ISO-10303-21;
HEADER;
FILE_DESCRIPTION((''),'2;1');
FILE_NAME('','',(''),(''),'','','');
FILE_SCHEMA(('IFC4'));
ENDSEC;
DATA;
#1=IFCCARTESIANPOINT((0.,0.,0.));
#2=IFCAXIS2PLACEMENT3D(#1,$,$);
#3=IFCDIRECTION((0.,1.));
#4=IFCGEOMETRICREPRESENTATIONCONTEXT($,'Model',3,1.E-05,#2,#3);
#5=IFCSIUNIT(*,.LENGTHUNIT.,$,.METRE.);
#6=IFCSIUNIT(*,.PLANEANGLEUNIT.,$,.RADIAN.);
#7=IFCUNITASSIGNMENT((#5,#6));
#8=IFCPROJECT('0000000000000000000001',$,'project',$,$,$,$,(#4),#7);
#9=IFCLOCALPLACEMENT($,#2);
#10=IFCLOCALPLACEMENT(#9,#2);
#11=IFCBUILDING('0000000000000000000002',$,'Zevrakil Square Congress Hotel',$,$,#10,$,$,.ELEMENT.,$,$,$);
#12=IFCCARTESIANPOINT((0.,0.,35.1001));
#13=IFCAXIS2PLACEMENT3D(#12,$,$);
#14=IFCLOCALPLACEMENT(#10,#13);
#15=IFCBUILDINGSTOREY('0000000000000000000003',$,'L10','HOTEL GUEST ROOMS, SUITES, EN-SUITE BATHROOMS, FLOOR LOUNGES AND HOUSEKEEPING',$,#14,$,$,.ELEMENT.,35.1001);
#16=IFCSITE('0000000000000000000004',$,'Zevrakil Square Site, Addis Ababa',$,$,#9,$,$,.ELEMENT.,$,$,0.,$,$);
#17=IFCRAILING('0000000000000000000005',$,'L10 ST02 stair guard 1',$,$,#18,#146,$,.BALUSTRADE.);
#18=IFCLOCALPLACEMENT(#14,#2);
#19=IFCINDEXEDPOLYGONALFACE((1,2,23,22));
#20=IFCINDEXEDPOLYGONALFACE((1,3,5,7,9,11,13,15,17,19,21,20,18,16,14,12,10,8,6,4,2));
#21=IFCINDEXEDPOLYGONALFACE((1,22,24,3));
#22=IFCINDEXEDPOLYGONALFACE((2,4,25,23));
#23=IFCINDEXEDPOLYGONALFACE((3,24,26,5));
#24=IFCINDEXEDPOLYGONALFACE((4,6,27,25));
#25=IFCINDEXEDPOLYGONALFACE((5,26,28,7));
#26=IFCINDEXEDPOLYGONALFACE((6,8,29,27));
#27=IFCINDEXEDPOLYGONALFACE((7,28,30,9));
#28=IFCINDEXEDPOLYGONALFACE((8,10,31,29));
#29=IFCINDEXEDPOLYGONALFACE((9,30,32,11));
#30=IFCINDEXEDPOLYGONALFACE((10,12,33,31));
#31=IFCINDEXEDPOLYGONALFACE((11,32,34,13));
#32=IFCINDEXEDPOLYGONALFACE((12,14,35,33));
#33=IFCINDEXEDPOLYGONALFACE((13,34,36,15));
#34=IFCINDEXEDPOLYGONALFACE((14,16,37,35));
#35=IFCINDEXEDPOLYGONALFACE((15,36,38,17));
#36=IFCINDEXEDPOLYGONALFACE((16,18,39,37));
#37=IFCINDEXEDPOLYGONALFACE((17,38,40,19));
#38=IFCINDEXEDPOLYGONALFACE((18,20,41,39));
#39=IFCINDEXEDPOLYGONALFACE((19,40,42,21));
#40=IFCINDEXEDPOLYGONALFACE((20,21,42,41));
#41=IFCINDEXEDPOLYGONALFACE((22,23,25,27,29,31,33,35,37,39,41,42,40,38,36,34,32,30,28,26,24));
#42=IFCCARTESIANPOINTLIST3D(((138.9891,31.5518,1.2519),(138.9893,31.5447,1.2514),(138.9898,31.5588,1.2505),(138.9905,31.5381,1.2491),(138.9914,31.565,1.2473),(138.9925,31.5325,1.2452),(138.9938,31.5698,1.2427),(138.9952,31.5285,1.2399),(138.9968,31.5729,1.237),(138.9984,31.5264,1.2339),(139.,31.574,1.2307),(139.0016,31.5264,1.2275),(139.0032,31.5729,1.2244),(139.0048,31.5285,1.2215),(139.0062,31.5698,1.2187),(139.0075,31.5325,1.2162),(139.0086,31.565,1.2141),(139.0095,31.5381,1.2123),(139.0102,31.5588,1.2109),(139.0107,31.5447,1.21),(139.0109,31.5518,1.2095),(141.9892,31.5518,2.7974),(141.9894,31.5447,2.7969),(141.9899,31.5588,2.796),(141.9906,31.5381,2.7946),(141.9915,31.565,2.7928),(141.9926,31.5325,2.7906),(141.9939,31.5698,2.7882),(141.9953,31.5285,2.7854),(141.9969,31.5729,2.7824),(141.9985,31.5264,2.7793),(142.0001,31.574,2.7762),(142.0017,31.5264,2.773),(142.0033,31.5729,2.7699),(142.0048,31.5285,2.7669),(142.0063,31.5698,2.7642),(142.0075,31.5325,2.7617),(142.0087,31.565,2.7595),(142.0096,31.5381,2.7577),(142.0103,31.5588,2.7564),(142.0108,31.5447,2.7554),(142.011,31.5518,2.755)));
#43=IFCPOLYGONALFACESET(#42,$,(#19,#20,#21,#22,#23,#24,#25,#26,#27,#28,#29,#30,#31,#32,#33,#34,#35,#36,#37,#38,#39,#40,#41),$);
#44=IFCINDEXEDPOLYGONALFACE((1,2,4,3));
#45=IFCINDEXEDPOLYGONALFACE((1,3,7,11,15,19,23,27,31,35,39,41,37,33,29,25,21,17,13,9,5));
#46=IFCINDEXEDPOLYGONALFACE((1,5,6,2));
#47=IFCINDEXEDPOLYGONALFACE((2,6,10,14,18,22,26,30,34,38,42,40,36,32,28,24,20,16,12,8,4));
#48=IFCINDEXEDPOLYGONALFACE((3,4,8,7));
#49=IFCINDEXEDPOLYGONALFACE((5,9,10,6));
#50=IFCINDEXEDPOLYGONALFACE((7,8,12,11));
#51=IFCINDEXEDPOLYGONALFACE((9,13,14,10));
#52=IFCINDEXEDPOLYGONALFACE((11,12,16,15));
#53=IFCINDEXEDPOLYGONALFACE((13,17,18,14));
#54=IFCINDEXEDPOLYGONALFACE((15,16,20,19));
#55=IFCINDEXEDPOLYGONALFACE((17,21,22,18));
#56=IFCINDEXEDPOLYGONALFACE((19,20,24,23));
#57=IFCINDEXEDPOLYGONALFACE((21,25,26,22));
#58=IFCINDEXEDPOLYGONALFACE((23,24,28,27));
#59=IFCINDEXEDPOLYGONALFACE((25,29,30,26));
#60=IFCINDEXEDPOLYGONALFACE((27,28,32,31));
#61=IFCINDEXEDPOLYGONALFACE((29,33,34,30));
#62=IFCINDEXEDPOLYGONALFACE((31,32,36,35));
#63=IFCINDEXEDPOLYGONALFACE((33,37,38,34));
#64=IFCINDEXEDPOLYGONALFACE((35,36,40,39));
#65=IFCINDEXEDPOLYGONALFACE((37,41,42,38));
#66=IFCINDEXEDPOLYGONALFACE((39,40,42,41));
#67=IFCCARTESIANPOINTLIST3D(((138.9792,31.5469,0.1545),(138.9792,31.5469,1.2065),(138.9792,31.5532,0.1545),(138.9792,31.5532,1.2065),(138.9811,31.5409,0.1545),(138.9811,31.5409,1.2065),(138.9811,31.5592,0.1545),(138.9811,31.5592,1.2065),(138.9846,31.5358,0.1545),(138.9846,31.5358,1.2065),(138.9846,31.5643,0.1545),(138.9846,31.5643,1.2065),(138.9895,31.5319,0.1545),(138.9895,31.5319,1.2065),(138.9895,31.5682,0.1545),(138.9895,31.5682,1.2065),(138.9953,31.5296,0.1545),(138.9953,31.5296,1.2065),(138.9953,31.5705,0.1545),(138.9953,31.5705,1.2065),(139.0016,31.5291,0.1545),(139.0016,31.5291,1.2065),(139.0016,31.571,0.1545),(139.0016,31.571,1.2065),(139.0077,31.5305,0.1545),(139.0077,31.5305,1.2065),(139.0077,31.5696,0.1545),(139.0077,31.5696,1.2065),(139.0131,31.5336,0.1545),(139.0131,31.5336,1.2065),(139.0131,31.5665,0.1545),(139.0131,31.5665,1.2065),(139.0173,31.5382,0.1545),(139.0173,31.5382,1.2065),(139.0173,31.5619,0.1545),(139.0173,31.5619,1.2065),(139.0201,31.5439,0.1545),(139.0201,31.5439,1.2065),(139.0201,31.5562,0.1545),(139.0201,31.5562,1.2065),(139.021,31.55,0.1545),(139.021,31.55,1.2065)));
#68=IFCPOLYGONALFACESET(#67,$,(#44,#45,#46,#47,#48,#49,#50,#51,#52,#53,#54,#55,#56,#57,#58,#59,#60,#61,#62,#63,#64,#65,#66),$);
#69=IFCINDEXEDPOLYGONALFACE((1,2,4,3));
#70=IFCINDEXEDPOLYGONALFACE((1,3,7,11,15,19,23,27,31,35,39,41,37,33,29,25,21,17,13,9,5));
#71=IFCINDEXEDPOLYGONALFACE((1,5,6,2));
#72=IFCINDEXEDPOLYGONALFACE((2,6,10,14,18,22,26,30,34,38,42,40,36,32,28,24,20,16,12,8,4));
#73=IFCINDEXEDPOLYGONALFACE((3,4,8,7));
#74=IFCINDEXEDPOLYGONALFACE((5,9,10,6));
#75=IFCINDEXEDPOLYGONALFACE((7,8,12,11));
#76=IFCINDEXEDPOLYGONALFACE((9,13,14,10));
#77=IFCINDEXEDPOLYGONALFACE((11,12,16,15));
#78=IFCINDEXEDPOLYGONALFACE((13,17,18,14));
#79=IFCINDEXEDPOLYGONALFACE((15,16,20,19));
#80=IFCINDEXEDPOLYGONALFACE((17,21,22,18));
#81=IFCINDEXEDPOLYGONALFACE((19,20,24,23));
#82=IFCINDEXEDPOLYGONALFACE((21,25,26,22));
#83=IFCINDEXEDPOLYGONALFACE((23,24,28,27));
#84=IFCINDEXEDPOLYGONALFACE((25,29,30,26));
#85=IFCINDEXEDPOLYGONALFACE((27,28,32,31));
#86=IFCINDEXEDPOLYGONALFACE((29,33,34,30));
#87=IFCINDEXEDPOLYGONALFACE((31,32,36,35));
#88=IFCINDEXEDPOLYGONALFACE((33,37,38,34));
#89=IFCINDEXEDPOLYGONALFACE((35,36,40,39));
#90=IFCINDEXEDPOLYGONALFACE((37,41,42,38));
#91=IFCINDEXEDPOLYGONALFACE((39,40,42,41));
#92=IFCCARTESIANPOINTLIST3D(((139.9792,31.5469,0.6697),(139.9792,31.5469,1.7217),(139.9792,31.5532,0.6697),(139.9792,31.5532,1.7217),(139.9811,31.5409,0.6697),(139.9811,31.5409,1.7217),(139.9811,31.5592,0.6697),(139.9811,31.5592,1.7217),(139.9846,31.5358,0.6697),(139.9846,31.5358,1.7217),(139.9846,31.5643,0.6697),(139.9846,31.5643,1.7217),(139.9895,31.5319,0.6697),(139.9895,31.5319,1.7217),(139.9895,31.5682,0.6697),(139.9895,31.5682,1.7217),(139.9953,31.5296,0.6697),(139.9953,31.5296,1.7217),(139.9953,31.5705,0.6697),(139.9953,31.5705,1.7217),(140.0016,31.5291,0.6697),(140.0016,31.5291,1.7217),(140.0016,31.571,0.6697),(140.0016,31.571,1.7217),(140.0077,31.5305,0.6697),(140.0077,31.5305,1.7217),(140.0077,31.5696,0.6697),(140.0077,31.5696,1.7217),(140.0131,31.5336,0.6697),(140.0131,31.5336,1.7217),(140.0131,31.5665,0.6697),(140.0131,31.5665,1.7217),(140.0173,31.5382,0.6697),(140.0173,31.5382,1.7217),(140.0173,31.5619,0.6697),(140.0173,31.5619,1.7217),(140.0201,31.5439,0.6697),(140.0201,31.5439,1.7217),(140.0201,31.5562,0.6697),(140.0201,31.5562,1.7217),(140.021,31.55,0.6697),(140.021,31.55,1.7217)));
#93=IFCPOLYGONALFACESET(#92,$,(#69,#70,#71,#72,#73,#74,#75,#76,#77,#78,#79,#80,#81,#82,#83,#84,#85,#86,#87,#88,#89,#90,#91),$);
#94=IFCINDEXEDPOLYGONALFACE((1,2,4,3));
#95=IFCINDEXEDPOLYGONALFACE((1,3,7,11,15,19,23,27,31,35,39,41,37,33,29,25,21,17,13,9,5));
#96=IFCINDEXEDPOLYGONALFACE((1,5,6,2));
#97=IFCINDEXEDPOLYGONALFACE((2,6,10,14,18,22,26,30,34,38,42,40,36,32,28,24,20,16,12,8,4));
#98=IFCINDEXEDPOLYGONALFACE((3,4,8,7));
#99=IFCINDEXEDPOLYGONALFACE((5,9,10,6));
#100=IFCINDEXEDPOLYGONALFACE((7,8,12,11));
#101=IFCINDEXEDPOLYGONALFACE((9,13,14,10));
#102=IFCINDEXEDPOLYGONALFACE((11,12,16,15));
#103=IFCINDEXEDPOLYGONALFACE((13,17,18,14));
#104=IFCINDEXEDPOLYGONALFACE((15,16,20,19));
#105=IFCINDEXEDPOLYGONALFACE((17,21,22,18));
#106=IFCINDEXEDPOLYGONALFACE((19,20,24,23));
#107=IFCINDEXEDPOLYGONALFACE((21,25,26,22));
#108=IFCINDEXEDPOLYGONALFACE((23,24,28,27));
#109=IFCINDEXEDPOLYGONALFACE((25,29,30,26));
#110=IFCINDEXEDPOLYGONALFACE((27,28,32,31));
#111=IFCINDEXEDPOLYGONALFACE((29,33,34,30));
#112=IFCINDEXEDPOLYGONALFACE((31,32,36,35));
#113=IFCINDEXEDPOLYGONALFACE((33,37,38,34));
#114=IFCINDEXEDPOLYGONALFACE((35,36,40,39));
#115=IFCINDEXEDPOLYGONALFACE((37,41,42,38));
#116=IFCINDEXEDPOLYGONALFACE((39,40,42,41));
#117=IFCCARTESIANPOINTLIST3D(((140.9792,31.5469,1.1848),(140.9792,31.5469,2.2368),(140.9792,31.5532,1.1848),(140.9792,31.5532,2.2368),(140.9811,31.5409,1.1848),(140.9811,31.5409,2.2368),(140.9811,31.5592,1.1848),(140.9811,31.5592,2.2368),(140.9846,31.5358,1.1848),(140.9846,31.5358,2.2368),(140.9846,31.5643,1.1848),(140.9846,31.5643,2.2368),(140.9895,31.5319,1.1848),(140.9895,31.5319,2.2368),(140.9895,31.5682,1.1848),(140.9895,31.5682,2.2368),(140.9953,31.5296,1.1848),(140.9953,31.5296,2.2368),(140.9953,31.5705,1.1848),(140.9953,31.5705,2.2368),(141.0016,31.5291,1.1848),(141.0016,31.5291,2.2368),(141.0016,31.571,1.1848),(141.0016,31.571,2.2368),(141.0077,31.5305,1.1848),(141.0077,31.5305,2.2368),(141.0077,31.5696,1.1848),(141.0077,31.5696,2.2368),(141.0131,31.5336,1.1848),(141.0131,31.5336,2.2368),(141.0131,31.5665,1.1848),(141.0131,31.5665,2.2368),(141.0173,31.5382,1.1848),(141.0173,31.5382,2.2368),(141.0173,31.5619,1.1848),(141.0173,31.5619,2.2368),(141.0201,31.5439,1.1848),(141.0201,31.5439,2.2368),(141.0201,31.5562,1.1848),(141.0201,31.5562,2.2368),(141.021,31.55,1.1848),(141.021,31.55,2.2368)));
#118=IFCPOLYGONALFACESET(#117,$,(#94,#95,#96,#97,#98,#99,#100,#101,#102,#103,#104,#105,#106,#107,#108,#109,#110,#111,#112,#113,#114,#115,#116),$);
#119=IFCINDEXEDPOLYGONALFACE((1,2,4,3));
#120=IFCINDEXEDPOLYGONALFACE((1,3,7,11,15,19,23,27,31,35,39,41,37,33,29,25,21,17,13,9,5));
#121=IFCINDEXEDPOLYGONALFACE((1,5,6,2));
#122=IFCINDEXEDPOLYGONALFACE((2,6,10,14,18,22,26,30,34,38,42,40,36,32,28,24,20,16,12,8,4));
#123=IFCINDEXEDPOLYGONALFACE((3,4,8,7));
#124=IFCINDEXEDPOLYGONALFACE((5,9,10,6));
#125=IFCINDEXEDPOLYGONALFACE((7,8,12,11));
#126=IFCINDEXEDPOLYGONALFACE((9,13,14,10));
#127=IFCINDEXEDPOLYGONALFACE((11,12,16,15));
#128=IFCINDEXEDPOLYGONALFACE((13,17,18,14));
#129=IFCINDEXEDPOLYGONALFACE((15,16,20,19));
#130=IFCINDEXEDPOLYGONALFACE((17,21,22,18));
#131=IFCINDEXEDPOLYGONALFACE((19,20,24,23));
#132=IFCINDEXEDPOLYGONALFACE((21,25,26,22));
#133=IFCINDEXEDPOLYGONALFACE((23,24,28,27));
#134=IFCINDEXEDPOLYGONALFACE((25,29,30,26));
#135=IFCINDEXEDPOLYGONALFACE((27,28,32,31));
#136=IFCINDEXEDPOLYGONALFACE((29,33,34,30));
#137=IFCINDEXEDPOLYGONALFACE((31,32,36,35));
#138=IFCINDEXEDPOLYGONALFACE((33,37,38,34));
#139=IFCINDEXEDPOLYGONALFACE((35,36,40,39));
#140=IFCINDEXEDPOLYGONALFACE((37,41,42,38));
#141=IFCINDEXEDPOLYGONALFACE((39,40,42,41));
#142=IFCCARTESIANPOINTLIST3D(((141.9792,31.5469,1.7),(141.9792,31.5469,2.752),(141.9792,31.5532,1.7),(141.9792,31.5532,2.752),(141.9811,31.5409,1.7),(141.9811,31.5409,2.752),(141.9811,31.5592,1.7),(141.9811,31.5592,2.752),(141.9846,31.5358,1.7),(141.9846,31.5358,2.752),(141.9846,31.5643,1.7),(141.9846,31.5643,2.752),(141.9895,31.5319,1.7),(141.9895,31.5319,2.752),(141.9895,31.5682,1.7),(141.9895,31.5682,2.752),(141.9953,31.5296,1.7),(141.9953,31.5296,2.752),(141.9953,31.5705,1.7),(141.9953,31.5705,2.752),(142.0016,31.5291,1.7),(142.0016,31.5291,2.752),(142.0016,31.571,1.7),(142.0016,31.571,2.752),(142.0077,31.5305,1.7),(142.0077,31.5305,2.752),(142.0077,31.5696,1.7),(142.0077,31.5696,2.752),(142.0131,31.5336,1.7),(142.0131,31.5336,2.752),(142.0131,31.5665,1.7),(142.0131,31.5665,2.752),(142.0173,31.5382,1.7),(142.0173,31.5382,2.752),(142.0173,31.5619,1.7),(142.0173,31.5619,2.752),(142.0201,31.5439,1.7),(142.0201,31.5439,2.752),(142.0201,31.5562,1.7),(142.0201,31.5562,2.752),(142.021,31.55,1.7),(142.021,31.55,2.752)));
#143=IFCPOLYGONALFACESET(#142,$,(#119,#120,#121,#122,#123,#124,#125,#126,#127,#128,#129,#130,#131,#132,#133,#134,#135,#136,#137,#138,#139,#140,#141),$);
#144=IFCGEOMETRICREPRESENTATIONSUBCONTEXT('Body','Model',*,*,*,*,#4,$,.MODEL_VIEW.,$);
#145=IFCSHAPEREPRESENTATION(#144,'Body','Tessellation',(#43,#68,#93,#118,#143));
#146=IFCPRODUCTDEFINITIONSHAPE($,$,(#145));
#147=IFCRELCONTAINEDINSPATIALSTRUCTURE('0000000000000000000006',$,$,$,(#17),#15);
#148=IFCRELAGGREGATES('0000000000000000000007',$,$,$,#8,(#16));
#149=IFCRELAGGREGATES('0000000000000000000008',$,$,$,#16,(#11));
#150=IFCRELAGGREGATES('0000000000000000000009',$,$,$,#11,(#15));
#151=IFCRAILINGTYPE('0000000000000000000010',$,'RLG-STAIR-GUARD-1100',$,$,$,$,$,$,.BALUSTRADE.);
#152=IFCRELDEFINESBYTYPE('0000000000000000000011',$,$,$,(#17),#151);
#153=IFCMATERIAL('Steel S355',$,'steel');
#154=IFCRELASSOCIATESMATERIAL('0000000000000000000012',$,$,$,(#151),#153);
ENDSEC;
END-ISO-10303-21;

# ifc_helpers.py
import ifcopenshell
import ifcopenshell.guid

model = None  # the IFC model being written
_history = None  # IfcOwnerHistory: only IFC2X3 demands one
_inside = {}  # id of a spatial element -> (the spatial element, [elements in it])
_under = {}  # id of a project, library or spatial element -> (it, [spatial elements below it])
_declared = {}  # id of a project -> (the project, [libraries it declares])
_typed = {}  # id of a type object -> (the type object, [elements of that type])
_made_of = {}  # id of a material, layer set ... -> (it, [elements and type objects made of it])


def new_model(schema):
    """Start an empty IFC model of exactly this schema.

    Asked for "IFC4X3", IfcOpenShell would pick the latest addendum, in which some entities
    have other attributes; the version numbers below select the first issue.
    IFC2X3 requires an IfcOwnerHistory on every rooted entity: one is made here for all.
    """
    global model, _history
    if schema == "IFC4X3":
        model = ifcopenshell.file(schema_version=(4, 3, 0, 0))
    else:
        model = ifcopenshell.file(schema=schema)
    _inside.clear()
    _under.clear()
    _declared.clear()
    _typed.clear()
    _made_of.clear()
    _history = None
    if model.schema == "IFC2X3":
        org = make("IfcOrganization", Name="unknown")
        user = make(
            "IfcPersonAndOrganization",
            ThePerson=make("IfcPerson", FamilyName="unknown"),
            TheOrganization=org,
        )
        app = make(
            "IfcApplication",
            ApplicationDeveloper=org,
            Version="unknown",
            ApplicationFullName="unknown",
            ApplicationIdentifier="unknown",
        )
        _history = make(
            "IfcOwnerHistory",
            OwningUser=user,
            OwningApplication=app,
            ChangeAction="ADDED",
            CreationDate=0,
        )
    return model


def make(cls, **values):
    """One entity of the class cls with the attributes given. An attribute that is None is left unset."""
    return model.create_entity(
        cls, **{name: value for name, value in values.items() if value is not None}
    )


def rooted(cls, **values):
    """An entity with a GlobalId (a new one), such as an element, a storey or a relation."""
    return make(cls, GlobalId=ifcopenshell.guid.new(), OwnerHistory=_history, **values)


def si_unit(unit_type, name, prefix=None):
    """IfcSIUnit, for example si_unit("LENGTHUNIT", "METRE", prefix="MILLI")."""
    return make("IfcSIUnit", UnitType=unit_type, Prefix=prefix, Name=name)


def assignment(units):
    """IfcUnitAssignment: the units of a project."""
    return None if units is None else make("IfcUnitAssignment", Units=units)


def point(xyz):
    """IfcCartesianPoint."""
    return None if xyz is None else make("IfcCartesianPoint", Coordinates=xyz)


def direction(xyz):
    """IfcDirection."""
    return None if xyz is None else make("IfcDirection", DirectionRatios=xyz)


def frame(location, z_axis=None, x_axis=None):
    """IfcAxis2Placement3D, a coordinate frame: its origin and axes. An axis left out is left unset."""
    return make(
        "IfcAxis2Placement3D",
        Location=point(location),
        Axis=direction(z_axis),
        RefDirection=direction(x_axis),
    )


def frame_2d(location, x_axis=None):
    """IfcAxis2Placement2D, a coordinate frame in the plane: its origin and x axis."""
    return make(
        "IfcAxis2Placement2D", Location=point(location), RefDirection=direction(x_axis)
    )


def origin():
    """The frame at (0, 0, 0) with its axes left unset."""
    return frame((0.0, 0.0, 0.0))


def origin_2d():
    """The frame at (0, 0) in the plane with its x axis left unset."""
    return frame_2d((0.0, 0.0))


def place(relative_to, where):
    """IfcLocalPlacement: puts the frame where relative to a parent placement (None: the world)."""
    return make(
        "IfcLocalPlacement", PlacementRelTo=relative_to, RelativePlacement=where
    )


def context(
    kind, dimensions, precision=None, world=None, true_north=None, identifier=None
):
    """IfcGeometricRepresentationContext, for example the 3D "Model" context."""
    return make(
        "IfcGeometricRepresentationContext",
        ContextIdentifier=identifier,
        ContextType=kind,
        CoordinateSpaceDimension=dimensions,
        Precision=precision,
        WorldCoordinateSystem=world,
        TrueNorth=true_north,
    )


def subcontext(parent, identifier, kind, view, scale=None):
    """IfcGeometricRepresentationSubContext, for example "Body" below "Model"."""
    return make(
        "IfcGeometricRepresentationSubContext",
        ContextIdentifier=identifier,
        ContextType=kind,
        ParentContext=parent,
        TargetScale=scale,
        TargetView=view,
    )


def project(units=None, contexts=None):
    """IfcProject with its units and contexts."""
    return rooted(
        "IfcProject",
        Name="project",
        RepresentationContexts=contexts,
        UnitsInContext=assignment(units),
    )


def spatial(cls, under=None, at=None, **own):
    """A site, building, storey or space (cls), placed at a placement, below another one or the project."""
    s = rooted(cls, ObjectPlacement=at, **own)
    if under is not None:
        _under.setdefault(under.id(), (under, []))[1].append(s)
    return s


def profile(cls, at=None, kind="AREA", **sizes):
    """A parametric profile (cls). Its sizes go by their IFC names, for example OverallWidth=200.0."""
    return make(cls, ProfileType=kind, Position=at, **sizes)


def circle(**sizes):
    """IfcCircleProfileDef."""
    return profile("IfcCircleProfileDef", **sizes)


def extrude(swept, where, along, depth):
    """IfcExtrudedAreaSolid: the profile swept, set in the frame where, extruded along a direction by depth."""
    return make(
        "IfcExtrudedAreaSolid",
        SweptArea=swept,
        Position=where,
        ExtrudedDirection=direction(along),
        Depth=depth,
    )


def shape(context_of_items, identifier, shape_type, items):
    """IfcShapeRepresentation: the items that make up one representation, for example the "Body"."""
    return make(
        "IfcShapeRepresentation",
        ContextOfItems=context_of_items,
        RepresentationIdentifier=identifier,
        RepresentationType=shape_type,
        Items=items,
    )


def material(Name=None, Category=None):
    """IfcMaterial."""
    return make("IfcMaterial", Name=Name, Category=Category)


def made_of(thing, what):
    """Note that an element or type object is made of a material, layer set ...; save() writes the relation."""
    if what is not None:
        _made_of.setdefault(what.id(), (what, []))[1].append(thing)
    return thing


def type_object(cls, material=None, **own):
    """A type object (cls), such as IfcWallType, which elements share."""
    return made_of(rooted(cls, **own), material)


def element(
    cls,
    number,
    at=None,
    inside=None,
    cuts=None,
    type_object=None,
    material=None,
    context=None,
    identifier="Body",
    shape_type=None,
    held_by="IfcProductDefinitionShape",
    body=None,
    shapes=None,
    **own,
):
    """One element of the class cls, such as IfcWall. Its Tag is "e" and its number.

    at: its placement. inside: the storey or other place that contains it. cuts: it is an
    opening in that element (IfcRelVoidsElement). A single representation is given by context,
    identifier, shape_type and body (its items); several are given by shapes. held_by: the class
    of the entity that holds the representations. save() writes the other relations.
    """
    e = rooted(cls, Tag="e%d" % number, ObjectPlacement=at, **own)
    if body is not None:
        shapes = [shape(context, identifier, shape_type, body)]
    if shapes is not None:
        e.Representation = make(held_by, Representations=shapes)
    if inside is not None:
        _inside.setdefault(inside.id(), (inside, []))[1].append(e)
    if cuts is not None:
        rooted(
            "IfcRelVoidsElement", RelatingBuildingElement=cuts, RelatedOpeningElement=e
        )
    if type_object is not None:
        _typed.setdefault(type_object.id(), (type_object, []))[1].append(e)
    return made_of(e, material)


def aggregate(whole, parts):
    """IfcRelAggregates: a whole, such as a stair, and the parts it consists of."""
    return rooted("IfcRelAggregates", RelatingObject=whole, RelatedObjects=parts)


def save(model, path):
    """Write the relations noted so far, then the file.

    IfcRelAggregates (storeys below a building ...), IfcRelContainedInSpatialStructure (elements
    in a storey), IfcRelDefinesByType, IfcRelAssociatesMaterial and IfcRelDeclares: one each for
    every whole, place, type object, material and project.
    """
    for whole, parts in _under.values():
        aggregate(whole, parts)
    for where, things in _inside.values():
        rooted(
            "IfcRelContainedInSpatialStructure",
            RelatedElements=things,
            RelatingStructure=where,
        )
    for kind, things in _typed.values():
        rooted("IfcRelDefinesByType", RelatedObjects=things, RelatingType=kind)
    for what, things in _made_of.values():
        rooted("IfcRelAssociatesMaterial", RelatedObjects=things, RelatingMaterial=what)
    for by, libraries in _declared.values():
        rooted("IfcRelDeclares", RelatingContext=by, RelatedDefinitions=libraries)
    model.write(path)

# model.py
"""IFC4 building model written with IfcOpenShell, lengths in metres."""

from ifc_helpers import new_model, si_unit, direction, frame, origin, origin_2d, place, context, subcontext, project, spatial, circle, extrude, material, type_object, element, save


model = new_model("IFC4")

# Units and contexts
model_context = context("Model", 3, precision=1e-05, world=origin(), true_north=direction((0.0, 1.0)))
body_context = subcontext(model_context, "Body", "Model", "MODEL_VIEW")
ifc_project = project(units=[si_unit("LENGTHUNIT", "METRE"), si_unit("PLANEANGLEUNIT", "RADIAN")], contexts=[model_context])

# Site, building, storey
site_placement = place(None, origin())
site = spatial("IfcSite", under=ifc_project, at=site_placement, Name="Zevrakil Square Site, Addis Ababa", CompositionType="ELEMENT", RefElevation=0.0)
building_placement = place(site_placement, origin())
building = spatial("IfcBuilding", under=site, at=building_placement, Name="Zevrakil Square Congress Hotel", CompositionType="ELEMENT")
storey_placement = place(building_placement, frame((0.0, 0.0, 35.1001)))
storey = spatial("IfcBuildingStorey", under=building, at=storey_placement, Name="L10", Description="HOTEL GUEST ROOMS, SUITES, EN-SUITE BATHROOMS, FLOOR LOUNGES AND HOUSEKEEPING", CompositionType="ELEMENT", Elevation=35.1001)

# Railing
ifc_material_1 = material(Name="Steel S355", Category="steel")
railing_type_1 = type_object("IfcRailingType", Name="RLG-STAIR-GUARD-1100", PredefinedType="BALUSTRADE", material=ifc_material_1)
railing_1_placement = place(storey_placement, frame((139.0, 31.55, 0.1545)))
element("IfcRailing", 1, at=railing_1_placement, inside=storey, type_object=railing_type_1, Name="L10 ST02 stair guard 1", PredefinedType="BALUSTRADE", context=body_context, shape_type="SweptSolid", body=[
    extrude(circle(Radius=0.0239, at=origin_2d()), frame((0.0, 0.0, 1.0762), z_axis=(0.88898, 0.0, 0.457946), x_axis=(0.0, 1.0, 0.0)), (0.0, 0.0, 1.0), 3.3748),
    extrude(circle(Radius=0.021, at=origin_2d()), origin(), (0.0, 0.0, 1.0), 1.052),
    extrude(circle(Radius=0.021, at=origin_2d()), frame((1.0, 0.0, 0.5151)), (0.0, 0.0, 1.0), 1.052),
    extrude(circle(Radius=0.021, at=origin_2d()), frame((2.0, 0.0, 1.0303)), (0.0, 0.0, 1.0), 1.052),
    extrude(circle(Radius=0.021, at=origin_2d()), frame((3.0, 0.0, 1.5454)), (0.0, 0.0, 1.0), 1.052),
])

save(model, "model.ifc")
